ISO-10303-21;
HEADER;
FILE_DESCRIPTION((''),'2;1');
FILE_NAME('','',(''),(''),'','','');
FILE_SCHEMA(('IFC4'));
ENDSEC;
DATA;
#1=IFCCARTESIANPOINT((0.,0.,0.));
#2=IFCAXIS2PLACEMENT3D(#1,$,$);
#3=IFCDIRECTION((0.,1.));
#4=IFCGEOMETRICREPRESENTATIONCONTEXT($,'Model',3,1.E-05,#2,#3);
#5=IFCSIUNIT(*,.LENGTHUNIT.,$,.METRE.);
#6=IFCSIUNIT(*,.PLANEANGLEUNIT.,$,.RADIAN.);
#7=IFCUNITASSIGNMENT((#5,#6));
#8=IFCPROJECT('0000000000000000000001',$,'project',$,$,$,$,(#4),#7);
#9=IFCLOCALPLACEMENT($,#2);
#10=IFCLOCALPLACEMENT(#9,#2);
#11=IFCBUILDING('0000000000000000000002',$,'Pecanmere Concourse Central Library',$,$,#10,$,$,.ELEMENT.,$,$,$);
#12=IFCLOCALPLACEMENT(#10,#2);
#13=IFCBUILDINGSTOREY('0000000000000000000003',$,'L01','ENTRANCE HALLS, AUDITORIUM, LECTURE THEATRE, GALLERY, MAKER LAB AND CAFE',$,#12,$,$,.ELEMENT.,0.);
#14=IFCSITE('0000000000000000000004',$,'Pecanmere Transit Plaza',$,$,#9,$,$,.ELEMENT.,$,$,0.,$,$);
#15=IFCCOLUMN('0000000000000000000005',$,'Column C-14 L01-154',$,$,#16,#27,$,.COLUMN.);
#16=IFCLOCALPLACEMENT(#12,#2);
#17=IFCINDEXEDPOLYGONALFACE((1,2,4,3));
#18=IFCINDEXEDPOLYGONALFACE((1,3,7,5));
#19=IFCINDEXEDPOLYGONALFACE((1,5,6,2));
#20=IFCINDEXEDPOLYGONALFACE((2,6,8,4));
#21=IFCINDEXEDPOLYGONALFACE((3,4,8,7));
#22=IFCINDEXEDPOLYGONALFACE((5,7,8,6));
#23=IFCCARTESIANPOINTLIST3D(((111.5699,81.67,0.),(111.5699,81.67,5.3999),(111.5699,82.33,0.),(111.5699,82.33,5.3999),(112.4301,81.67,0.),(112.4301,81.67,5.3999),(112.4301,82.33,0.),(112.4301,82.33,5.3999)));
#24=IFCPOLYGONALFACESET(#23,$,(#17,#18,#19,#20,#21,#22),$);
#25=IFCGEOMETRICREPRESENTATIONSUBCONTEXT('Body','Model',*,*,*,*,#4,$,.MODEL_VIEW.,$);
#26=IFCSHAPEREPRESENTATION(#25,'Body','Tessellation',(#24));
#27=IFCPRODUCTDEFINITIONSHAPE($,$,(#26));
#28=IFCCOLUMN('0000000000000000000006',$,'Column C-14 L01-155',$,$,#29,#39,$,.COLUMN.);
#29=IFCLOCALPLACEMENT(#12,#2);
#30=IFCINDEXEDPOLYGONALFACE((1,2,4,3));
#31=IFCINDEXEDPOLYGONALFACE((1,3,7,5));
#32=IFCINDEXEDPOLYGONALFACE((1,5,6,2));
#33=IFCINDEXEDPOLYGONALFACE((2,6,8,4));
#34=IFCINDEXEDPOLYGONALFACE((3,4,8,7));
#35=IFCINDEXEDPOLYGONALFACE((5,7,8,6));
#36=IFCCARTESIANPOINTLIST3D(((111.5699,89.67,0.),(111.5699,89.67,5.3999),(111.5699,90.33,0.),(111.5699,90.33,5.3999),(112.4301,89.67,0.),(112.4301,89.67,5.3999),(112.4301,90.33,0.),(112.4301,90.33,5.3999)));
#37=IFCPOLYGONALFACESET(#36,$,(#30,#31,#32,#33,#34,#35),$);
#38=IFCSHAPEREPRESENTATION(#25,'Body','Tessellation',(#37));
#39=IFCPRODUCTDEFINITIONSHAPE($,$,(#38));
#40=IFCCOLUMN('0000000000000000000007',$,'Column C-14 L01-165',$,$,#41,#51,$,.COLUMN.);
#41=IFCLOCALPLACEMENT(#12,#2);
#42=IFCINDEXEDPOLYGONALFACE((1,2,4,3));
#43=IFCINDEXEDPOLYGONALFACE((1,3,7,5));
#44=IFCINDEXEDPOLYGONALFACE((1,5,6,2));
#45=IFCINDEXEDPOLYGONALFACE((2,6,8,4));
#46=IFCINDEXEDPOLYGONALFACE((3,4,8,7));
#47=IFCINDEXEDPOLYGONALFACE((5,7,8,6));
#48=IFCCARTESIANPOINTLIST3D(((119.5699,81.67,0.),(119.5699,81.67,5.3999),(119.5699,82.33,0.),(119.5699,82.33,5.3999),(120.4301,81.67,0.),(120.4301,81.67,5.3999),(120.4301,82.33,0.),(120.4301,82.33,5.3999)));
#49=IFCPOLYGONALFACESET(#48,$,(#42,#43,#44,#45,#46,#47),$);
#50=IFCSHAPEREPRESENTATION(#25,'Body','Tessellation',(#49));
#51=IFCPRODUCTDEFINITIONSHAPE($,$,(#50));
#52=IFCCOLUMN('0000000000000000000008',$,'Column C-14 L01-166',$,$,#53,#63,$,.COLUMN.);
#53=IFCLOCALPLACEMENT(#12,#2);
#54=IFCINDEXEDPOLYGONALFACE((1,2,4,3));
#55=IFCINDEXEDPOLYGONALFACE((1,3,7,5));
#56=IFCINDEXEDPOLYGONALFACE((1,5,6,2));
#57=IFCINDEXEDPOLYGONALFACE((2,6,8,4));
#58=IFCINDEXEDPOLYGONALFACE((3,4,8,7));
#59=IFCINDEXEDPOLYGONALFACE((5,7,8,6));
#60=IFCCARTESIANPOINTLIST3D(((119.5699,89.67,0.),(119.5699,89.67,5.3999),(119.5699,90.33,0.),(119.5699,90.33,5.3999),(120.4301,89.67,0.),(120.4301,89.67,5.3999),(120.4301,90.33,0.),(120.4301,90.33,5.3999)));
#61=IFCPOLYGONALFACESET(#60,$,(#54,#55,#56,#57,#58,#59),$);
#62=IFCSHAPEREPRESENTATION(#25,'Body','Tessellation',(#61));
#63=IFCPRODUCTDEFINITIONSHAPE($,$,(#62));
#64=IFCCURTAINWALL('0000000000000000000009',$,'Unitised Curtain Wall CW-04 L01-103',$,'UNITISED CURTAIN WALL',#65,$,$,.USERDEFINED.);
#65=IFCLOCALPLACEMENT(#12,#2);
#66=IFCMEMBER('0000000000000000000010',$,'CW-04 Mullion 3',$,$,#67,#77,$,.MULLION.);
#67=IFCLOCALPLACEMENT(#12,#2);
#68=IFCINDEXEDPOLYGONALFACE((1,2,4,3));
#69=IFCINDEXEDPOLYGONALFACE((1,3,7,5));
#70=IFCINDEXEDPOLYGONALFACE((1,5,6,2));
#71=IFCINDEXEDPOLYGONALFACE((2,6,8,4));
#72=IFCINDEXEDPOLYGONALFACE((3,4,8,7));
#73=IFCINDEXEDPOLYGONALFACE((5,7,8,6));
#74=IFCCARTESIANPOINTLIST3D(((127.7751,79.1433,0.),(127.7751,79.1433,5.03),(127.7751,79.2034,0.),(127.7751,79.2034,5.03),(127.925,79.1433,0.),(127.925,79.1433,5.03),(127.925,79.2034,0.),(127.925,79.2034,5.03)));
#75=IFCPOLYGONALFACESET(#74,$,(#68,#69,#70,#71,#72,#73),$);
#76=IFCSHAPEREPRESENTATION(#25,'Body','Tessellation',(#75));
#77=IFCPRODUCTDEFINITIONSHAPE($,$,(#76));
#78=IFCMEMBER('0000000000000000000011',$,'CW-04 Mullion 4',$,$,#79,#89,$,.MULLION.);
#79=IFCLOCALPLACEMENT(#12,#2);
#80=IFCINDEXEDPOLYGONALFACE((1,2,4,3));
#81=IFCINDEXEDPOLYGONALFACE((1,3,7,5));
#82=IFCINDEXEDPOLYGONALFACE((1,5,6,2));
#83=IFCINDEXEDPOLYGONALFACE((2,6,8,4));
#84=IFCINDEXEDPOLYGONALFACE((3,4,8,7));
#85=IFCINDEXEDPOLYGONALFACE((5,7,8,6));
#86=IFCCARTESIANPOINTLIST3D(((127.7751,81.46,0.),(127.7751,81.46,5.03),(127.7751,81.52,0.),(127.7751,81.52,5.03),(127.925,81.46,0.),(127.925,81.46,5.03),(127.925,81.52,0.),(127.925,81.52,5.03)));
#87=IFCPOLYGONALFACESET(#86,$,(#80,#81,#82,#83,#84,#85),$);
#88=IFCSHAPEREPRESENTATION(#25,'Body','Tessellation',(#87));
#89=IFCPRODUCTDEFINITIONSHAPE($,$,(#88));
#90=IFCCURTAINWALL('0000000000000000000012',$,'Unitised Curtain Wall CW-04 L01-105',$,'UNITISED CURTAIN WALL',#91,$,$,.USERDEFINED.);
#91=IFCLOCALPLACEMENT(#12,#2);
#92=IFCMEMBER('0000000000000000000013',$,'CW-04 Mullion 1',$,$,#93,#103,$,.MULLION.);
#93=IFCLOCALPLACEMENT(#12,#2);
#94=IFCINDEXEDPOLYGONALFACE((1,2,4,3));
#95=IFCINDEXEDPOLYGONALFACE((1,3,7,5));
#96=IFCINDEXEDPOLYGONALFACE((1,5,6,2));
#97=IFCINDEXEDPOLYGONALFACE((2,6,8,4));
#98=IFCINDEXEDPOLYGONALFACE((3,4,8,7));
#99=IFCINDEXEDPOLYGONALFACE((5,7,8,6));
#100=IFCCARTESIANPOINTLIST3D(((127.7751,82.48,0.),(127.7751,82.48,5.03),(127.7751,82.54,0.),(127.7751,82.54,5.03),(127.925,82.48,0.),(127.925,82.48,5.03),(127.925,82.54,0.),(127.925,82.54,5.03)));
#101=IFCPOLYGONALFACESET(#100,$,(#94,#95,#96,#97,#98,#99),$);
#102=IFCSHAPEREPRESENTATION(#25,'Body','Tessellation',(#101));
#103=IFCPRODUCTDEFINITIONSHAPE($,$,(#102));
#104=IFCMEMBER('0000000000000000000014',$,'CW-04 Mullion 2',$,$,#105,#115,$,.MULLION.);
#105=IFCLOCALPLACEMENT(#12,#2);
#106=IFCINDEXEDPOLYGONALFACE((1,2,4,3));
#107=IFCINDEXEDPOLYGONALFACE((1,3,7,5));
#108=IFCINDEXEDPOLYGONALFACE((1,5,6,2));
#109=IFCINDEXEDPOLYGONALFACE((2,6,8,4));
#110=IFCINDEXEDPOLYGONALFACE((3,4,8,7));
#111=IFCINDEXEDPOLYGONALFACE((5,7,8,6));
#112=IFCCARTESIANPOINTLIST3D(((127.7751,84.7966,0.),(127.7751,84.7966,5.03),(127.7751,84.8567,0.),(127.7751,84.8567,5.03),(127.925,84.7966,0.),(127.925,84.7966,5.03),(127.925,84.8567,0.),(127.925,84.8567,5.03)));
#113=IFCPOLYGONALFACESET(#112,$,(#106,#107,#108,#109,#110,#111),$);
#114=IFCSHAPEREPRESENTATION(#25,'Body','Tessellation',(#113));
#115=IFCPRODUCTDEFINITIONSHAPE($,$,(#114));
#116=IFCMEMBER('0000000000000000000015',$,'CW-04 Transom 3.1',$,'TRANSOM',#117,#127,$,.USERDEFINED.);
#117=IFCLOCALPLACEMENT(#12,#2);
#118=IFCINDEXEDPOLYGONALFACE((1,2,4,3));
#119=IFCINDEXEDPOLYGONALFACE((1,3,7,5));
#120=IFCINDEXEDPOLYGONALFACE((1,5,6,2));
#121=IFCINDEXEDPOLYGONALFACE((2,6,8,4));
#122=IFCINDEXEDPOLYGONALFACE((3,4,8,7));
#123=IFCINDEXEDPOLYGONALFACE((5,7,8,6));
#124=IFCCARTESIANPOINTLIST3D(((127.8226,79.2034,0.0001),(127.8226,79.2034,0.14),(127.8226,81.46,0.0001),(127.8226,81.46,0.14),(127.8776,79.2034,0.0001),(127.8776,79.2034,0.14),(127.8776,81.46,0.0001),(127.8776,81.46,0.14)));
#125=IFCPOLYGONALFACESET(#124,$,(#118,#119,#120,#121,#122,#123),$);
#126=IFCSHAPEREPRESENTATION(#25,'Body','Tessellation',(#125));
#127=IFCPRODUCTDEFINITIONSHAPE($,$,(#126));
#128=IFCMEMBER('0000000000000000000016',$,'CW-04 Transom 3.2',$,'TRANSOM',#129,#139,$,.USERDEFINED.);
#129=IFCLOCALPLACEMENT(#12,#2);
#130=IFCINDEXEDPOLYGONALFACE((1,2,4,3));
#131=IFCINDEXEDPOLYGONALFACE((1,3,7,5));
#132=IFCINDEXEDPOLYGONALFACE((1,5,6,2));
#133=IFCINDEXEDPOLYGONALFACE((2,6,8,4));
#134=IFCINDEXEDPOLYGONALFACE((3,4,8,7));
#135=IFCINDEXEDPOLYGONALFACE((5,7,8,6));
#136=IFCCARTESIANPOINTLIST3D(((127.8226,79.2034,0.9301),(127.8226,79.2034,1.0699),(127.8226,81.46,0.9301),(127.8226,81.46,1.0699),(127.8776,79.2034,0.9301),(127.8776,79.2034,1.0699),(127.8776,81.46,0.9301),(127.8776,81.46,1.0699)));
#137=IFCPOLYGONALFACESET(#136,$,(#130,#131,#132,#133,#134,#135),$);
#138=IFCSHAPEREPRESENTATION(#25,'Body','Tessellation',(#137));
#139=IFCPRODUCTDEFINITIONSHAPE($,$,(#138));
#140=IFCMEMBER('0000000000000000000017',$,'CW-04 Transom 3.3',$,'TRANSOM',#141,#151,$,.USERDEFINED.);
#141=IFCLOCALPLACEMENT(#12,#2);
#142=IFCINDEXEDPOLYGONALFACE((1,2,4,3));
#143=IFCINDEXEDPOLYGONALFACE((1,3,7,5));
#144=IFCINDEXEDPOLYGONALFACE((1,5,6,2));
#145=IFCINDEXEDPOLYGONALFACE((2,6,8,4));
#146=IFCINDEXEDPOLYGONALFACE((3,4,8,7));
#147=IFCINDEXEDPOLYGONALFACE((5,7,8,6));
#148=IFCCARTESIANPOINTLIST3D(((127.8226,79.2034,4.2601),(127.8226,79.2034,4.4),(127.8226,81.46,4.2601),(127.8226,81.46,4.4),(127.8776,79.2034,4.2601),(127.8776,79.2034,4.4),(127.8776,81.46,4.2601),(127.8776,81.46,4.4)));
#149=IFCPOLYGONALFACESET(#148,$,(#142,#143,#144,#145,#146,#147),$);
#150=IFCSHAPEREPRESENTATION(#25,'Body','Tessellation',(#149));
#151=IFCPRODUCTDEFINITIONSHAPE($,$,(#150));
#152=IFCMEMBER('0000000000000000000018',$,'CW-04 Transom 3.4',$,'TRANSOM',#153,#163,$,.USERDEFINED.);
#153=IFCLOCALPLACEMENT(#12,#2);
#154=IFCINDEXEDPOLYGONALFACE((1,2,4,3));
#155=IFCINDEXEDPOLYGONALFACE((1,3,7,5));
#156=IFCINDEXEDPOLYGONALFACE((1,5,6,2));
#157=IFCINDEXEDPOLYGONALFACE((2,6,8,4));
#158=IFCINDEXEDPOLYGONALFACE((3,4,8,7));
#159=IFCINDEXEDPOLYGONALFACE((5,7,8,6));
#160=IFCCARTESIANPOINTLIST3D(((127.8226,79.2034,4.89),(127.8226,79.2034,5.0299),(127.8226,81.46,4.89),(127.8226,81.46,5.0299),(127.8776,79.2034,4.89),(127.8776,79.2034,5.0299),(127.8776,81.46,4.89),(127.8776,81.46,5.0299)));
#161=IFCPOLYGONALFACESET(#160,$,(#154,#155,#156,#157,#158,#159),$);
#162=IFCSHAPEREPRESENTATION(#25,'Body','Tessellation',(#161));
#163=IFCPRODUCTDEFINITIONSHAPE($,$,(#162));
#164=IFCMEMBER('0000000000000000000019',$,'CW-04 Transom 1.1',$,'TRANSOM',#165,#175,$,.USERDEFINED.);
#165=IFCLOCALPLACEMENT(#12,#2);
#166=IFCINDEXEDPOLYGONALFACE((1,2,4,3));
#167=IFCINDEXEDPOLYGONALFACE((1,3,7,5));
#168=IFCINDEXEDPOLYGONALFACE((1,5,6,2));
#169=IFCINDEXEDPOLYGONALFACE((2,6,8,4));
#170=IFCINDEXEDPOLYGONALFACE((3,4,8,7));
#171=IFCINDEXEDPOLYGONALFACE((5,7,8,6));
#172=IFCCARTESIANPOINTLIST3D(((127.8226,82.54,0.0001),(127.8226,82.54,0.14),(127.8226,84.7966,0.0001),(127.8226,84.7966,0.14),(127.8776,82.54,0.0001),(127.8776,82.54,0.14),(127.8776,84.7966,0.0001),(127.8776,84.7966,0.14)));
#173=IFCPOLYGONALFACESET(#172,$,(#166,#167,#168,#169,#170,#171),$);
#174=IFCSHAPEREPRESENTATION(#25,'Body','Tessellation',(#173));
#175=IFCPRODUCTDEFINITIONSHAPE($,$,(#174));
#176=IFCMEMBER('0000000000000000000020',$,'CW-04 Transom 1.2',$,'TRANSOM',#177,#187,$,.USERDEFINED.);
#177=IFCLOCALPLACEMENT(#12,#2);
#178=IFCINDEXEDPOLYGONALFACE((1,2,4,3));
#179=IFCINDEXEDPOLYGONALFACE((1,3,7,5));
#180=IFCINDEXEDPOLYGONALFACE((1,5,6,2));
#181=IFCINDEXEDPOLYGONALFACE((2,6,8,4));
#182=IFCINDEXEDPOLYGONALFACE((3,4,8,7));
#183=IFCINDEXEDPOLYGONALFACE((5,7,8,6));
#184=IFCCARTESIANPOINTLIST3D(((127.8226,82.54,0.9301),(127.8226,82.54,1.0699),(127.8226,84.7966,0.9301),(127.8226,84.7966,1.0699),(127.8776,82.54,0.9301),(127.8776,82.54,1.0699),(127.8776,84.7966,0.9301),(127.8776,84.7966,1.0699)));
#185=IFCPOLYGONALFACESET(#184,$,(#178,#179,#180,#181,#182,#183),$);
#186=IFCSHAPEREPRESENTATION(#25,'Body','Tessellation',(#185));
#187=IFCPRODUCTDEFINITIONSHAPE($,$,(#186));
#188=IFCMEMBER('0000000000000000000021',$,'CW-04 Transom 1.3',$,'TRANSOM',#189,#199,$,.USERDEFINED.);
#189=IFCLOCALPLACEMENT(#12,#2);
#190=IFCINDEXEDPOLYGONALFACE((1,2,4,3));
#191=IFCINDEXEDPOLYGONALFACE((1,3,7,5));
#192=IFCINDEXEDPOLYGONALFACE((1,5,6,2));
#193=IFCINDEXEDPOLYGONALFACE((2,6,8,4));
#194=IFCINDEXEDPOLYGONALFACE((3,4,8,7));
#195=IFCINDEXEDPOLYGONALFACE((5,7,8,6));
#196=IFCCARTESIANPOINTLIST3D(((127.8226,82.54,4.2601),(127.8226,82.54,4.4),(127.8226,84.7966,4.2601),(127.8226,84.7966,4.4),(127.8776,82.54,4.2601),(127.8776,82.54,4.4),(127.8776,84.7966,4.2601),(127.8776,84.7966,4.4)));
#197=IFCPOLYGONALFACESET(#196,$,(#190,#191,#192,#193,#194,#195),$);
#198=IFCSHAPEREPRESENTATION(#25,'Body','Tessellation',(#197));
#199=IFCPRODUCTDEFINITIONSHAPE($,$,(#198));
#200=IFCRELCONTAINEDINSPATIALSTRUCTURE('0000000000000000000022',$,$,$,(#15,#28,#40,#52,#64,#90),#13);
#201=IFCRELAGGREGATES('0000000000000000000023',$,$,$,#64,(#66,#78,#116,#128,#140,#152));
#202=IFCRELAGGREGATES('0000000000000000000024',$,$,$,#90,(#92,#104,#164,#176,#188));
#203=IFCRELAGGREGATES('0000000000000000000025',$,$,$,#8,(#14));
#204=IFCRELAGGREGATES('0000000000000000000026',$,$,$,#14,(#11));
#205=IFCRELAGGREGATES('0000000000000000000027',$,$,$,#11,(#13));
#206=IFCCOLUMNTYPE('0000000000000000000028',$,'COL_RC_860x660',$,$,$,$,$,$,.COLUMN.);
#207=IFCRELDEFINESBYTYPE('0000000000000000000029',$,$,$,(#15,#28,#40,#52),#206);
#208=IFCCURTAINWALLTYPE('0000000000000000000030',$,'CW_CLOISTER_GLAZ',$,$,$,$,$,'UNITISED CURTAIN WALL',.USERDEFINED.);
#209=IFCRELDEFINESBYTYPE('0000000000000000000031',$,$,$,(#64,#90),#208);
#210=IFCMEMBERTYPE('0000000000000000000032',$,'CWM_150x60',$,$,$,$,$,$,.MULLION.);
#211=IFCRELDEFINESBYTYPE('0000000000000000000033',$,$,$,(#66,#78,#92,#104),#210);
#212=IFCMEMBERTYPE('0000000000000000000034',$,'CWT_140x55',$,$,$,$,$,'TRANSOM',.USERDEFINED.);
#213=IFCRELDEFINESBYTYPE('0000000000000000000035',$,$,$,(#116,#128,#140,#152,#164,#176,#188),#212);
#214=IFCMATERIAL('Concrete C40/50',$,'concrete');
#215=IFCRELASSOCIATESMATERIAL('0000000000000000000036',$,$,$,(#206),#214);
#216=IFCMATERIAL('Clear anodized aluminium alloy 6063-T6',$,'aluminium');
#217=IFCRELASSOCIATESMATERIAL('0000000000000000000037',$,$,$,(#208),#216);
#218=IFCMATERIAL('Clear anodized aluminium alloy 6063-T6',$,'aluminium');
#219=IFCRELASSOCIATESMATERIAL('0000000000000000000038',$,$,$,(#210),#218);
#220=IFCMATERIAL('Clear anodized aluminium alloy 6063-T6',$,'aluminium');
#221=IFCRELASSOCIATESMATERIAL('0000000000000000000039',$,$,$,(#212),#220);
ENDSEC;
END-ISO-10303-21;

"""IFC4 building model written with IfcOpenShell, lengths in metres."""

from ifc_helpers import new_model, si_unit, direction, frame, origin, origin_2d, place, context, subcontext, project, spatial, rectangle, extrude, material, material_profile, profile_set, type_object, element, aggregate, save


model = new_model("IFC4")

# Units and contexts
model_context = context("Model", 3, precision=1e-05, world=origin(), true_north=direction((0.0, 1.0)))
body_context = subcontext(model_context, "Body", "Model", "MODEL_VIEW")
ifc_project = project(units=[si_unit("LENGTHUNIT", "METRE"), si_unit("PLANEANGLEUNIT", "RADIAN")], contexts=[model_context])

# Site, building, storey
site_placement = place(None, origin())
site = spatial("IfcSite", under=ifc_project, at=site_placement, Name="Pecanmere Transit Plaza", CompositionType="ELEMENT", RefElevation=0.0)
building_placement = place(site_placement, origin())
building = spatial("IfcBuilding", under=site, at=building_placement, Name="Pecanmere Concourse Central Library", CompositionType="ELEMENT")
storey_placement = place(building_placement, origin())
storey = spatial("IfcBuildingStorey", under=building, at=storey_placement, Name="L01", Description="ENTRANCE HALLS, AUDITORIUM, LECTURE THEATRE, GALLERY, MAKER LAB AND CAFE", CompositionType="ELEMENT", Elevation=0.0)

# Columns
ifc_material_1 = material(Name="Concrete C40/50", Category="concrete")
ifc_material_profile_1 = material_profile(ifc_material_1, rectangle(XDim=0.8601, YDim=0.6599, at=origin_2d()), Name="RC 860x660")
ifc_profile_set_1 = profile_set([ifc_material_profile_1], Name="Concrete C40/50")
column_type = type_object("IfcColumnType", Name="COL_RC_860x660", PredefinedType="COLUMN", material=ifc_profile_set_1)
for number, where, z_axis, x_axis, name in (
    (1, (112.0, 82.0, 0.0), (0.0, 0.0, 1.0), (1.0, 0.0, 0.0), "Column C-14 L01-154"),
    (2, (112.0, 90.0, 0.0), (0.0, 0.0, 1.0), (1.0, 0.0, 0.0), "Column C-14 L01-155"),
    (3, (120.0, 82.0, 0.0), (0.0, 0.0, 1.0), (1.0, 0.0, 0.0), "Column C-14 L01-165"),
    (4, (120.0, 90.0, 0.0), (0.0, 0.0, 1.0), (1.0, 0.0, 0.0), "Column C-14 L01-166"),
):
    element("IfcColumn", number, at=place(storey_placement, frame(where, z_axis=z_axis, x_axis=x_axis)), inside=storey, type_object=column_type, Name=name, PredefinedType="COLUMN", context=body_context, shape_type="SweptSolid", body=[
        extrude(rectangle(XDim=0.8601, YDim=0.6599, at=origin_2d()), origin(), (0.0, 0.0, 1.0), 5.3999),
    ])

# Curtain walls, members
ifc_material_2 = material(Name="Clear anodized aluminium alloy 6063-T6", Category="aluminium")
curtain_wall_type = type_object("IfcCurtainWallType", Name="CW_CLOISTER_GLAZ", ElementType="UNITISED CURTAIN WALL", PredefinedType="USERDEFINED", material=ifc_material_2)
curtain_wall_1_placement = place(storey_placement, origin())
curtain_wall_1 = element("IfcCurtainWall", 5, at=curtain_wall_1_placement, inside=storey, type_object=curtain_wall_type, Name="Unitised Curtain Wall CW-04 L01-103", ObjectType="UNITISED CURTAIN WALL", PredefinedType="USERDEFINED")
ifc_material_3 = material(Name="Clear anodized aluminium alloy 6063-T6", Category="aluminium")
ifc_material_profile_2 = material_profile(ifc_material_3, rectangle(XDim=0.0601, YDim=0.1499, at=origin_2d()), Name="AL 60x150")
ifc_profile_set_2 = profile_set([ifc_material_profile_2], Name="Clear anodized aluminium alloy 6063-T6")
member_type_1 = type_object("IfcMemberType", Name="CWM_150x60", PredefinedType="MULLION", material=ifc_profile_set_2)
member_1_placement = place(storey_placement, frame((127.8501, 79.1733, 0.0), z_axis=(0.0, 0.0, 1.0), x_axis=(0.0, 1.0, 0.0)))
member_1 = element("IfcMember", 6, at=member_1_placement, type_object=member_type_1, Name="CW-04 Mullion 3", PredefinedType="MULLION", context=body_context, shape_type="SweptSolid", body=[
    extrude(rectangle(XDim=0.0601, YDim=0.1499, at=origin_2d()), origin(), (0.0, 0.0, 1.0), 5.03),
])
member_2_placement = place(storey_placement, frame((127.8501, 81.49, 0.0), z_axis=(0.0, 0.0, 1.0), x_axis=(0.0, 1.0, 0.0)))
member_2 = element("IfcMember", 7, at=member_2_placement, type_object=member_type_1, Name="CW-04 Mullion 4", PredefinedType="MULLION", context=body_context, shape_type="SweptSolid", body=[
    extrude(rectangle(XDim=0.0601, YDim=0.1499, at=origin_2d()), origin(), (0.0, 0.0, 1.0), 5.03),
])
curtain_wall_2_placement = place(storey_placement, origin())
curtain_wall_2 = element("IfcCurtainWall", 8, at=curtain_wall_2_placement, inside=storey, type_object=curtain_wall_type, Name="Unitised Curtain Wall CW-04 L01-105", ObjectType="UNITISED CURTAIN WALL", PredefinedType="USERDEFINED")
member_3_placement = place(storey_placement, frame((127.8501, 82.51, 0.0), z_axis=(0.0, 0.0, 1.0), x_axis=(0.0, 1.0, 0.0)))
member_3 = element("IfcMember", 9, at=member_3_placement, type_object=member_type_1, Name="CW-04 Mullion 1", PredefinedType="MULLION", context=body_context, shape_type="SweptSolid", body=[
    extrude(rectangle(XDim=0.0601, YDim=0.1499, at=origin_2d()), origin(), (0.0, 0.0, 1.0), 5.03),
])
member_4_placement = place(storey_placement, frame((127.8501, 84.8267, 0.0), z_axis=(0.0, 0.0, 1.0), x_axis=(0.0, 1.0, 0.0)))
member_4 = element("IfcMember", 10, at=member_4_placement, type_object=member_type_1, Name="CW-04 Mullion 2", PredefinedType="MULLION", context=body_context, shape_type="SweptSolid", body=[
    extrude(rectangle(XDim=0.0601, YDim=0.1499, at=origin_2d()), origin(), (0.0, 0.0, 1.0), 5.03),
])

# Members
ifc_material_4 = material(Name="Clear anodized aluminium alloy 6063-T6", Category="aluminium")
ifc_material_profile_3 = material_profile(ifc_material_4, rectangle(XDim=0.0549, YDim=0.1399, at=origin_2d()), Name="AL 55x140")
ifc_profile_set_3 = profile_set([ifc_material_profile_3], Name="Clear anodized aluminium alloy 6063-T6")
member_type_2 = type_object("IfcMemberType", Name="CWT_140x55", ElementType="TRANSOM", PredefinedType="USERDEFINED", material=ifc_profile_set_3)
member_5_placement = place(storey_placement, frame((127.8501, 79.2034, 0.0701), z_axis=(0.0, 1.0, 0.0), x_axis=(-1.0, 0.0, 0.0)))
member_5 = element("IfcMember", 11, at=member_5_placement, type_object=member_type_2, Name="CW-04 Transom 3.1", ObjectType="TRANSOM", PredefinedType="USERDEFINED", context=body_context, shape_type="SweptSolid", body=[
    extrude(rectangle(XDim=0.0549, YDim=0.1399, at=origin_2d()), origin(), (0.0, 0.0, 1.0), 2.2566),
])
member_6_placement = place(storey_placement, frame((127.8501, 79.2034, 1.0), z_axis=(0.0, 1.0, 0.0), x_axis=(-1.0, 0.0, 0.0)))
member_6 = element("IfcMember", 12, at=member_6_placement, type_object=member_type_2, Name="CW-04 Transom 3.2", ObjectType="TRANSOM", PredefinedType="USERDEFINED", context=body_context, shape_type="SweptSolid", body=[
    extrude(rectangle(XDim=0.0549, YDim=0.1399, at=origin_2d()), origin(), (0.0, 0.0, 1.0), 2.2566),
])
member_7_placement = place(storey_placement, frame((127.8501, 79.2034, 4.3301), z_axis=(0.0, 1.0, 0.0), x_axis=(-1.0, 0.0, 0.0)))
member_7 = element("IfcMember", 13, at=member_7_placement, type_object=member_type_2, Name="CW-04 Transom 3.3", ObjectType="TRANSOM", PredefinedType="USERDEFINED", context=body_context, shape_type="SweptSolid", body=[
    extrude(rectangle(XDim=0.0549, YDim=0.1399, at=origin_2d()), origin(), (0.0, 0.0, 1.0), 2.2566),
])
member_8_placement = place(storey_placement, frame((127.8501, 79.2034, 4.96), z_axis=(0.0, 1.0, 0.0), x_axis=(-1.0, 0.0, 0.0)))
member_8 = element("IfcMember", 14, at=member_8_placement, type_object=member_type_2, Name="CW-04 Transom 3.4", ObjectType="TRANSOM", PredefinedType="USERDEFINED", context=body_context, shape_type="SweptSolid", body=[
    extrude(rectangle(XDim=0.0549, YDim=0.1399, at=origin_2d()), origin(), (0.0, 0.0, 1.0), 2.2566),
])
member_9_placement = place(storey_placement, frame((127.8501, 82.54, 0.0701), z_axis=(0.0, 1.0, 0.0), x_axis=(-1.0, 0.0, 0.0)))
member_9 = element("IfcMember", 15, at=member_9_placement, type_object=member_type_2, Name="CW-04 Transom 1.1", ObjectType="TRANSOM", PredefinedType="USERDEFINED", context=body_context, shape_type="SweptSolid", body=[
    extrude(rectangle(XDim=0.0549, YDim=0.1399, at=origin_2d()), origin(), (0.0, 0.0, 1.0), 2.2566),
])
member_10_placement = place(storey_placement, frame((127.8501, 82.54, 1.0), z_axis=(0.0, 1.0, 0.0), x_axis=(-1.0, 0.0, 0.0)))
member_10 = element("IfcMember", 16, at=member_10_placement, type_object=member_type_2, Name="CW-04 Transom 1.2", ObjectType="TRANSOM", PredefinedType="USERDEFINED", context=body_context, shape_type="SweptSolid", body=[
    extrude(rectangle(XDim=0.0549, YDim=0.1399, at=origin_2d()), origin(), (0.0, 0.0, 1.0), 2.2566),
])
member_11_placement = place(storey_placement, frame((127.8501, 82.54, 4.3301), z_axis=(0.0, 1.0, 0.0), x_axis=(-1.0, 0.0, 0.0)))
member_11 = element("IfcMember", 17, at=member_11_placement, type_object=member_type_2, Name="CW-04 Transom 1.3", ObjectType="TRANSOM", PredefinedType="USERDEFINED", context=body_context, shape_type="SweptSolid", body=[
    extrude(rectangle(XDim=0.0549, YDim=0.1399, at=origin_2d()), origin(), (0.0, 0.0, 1.0), 2.2566),
])

aggregate(curtain_wall_1, [member_1, member_2, member_5, member_6, member_7, member_8])
aggregate(curtain_wall_2, [member_3, member_4, member_9, member_10, member_11])

save(model, "model.ifc")
